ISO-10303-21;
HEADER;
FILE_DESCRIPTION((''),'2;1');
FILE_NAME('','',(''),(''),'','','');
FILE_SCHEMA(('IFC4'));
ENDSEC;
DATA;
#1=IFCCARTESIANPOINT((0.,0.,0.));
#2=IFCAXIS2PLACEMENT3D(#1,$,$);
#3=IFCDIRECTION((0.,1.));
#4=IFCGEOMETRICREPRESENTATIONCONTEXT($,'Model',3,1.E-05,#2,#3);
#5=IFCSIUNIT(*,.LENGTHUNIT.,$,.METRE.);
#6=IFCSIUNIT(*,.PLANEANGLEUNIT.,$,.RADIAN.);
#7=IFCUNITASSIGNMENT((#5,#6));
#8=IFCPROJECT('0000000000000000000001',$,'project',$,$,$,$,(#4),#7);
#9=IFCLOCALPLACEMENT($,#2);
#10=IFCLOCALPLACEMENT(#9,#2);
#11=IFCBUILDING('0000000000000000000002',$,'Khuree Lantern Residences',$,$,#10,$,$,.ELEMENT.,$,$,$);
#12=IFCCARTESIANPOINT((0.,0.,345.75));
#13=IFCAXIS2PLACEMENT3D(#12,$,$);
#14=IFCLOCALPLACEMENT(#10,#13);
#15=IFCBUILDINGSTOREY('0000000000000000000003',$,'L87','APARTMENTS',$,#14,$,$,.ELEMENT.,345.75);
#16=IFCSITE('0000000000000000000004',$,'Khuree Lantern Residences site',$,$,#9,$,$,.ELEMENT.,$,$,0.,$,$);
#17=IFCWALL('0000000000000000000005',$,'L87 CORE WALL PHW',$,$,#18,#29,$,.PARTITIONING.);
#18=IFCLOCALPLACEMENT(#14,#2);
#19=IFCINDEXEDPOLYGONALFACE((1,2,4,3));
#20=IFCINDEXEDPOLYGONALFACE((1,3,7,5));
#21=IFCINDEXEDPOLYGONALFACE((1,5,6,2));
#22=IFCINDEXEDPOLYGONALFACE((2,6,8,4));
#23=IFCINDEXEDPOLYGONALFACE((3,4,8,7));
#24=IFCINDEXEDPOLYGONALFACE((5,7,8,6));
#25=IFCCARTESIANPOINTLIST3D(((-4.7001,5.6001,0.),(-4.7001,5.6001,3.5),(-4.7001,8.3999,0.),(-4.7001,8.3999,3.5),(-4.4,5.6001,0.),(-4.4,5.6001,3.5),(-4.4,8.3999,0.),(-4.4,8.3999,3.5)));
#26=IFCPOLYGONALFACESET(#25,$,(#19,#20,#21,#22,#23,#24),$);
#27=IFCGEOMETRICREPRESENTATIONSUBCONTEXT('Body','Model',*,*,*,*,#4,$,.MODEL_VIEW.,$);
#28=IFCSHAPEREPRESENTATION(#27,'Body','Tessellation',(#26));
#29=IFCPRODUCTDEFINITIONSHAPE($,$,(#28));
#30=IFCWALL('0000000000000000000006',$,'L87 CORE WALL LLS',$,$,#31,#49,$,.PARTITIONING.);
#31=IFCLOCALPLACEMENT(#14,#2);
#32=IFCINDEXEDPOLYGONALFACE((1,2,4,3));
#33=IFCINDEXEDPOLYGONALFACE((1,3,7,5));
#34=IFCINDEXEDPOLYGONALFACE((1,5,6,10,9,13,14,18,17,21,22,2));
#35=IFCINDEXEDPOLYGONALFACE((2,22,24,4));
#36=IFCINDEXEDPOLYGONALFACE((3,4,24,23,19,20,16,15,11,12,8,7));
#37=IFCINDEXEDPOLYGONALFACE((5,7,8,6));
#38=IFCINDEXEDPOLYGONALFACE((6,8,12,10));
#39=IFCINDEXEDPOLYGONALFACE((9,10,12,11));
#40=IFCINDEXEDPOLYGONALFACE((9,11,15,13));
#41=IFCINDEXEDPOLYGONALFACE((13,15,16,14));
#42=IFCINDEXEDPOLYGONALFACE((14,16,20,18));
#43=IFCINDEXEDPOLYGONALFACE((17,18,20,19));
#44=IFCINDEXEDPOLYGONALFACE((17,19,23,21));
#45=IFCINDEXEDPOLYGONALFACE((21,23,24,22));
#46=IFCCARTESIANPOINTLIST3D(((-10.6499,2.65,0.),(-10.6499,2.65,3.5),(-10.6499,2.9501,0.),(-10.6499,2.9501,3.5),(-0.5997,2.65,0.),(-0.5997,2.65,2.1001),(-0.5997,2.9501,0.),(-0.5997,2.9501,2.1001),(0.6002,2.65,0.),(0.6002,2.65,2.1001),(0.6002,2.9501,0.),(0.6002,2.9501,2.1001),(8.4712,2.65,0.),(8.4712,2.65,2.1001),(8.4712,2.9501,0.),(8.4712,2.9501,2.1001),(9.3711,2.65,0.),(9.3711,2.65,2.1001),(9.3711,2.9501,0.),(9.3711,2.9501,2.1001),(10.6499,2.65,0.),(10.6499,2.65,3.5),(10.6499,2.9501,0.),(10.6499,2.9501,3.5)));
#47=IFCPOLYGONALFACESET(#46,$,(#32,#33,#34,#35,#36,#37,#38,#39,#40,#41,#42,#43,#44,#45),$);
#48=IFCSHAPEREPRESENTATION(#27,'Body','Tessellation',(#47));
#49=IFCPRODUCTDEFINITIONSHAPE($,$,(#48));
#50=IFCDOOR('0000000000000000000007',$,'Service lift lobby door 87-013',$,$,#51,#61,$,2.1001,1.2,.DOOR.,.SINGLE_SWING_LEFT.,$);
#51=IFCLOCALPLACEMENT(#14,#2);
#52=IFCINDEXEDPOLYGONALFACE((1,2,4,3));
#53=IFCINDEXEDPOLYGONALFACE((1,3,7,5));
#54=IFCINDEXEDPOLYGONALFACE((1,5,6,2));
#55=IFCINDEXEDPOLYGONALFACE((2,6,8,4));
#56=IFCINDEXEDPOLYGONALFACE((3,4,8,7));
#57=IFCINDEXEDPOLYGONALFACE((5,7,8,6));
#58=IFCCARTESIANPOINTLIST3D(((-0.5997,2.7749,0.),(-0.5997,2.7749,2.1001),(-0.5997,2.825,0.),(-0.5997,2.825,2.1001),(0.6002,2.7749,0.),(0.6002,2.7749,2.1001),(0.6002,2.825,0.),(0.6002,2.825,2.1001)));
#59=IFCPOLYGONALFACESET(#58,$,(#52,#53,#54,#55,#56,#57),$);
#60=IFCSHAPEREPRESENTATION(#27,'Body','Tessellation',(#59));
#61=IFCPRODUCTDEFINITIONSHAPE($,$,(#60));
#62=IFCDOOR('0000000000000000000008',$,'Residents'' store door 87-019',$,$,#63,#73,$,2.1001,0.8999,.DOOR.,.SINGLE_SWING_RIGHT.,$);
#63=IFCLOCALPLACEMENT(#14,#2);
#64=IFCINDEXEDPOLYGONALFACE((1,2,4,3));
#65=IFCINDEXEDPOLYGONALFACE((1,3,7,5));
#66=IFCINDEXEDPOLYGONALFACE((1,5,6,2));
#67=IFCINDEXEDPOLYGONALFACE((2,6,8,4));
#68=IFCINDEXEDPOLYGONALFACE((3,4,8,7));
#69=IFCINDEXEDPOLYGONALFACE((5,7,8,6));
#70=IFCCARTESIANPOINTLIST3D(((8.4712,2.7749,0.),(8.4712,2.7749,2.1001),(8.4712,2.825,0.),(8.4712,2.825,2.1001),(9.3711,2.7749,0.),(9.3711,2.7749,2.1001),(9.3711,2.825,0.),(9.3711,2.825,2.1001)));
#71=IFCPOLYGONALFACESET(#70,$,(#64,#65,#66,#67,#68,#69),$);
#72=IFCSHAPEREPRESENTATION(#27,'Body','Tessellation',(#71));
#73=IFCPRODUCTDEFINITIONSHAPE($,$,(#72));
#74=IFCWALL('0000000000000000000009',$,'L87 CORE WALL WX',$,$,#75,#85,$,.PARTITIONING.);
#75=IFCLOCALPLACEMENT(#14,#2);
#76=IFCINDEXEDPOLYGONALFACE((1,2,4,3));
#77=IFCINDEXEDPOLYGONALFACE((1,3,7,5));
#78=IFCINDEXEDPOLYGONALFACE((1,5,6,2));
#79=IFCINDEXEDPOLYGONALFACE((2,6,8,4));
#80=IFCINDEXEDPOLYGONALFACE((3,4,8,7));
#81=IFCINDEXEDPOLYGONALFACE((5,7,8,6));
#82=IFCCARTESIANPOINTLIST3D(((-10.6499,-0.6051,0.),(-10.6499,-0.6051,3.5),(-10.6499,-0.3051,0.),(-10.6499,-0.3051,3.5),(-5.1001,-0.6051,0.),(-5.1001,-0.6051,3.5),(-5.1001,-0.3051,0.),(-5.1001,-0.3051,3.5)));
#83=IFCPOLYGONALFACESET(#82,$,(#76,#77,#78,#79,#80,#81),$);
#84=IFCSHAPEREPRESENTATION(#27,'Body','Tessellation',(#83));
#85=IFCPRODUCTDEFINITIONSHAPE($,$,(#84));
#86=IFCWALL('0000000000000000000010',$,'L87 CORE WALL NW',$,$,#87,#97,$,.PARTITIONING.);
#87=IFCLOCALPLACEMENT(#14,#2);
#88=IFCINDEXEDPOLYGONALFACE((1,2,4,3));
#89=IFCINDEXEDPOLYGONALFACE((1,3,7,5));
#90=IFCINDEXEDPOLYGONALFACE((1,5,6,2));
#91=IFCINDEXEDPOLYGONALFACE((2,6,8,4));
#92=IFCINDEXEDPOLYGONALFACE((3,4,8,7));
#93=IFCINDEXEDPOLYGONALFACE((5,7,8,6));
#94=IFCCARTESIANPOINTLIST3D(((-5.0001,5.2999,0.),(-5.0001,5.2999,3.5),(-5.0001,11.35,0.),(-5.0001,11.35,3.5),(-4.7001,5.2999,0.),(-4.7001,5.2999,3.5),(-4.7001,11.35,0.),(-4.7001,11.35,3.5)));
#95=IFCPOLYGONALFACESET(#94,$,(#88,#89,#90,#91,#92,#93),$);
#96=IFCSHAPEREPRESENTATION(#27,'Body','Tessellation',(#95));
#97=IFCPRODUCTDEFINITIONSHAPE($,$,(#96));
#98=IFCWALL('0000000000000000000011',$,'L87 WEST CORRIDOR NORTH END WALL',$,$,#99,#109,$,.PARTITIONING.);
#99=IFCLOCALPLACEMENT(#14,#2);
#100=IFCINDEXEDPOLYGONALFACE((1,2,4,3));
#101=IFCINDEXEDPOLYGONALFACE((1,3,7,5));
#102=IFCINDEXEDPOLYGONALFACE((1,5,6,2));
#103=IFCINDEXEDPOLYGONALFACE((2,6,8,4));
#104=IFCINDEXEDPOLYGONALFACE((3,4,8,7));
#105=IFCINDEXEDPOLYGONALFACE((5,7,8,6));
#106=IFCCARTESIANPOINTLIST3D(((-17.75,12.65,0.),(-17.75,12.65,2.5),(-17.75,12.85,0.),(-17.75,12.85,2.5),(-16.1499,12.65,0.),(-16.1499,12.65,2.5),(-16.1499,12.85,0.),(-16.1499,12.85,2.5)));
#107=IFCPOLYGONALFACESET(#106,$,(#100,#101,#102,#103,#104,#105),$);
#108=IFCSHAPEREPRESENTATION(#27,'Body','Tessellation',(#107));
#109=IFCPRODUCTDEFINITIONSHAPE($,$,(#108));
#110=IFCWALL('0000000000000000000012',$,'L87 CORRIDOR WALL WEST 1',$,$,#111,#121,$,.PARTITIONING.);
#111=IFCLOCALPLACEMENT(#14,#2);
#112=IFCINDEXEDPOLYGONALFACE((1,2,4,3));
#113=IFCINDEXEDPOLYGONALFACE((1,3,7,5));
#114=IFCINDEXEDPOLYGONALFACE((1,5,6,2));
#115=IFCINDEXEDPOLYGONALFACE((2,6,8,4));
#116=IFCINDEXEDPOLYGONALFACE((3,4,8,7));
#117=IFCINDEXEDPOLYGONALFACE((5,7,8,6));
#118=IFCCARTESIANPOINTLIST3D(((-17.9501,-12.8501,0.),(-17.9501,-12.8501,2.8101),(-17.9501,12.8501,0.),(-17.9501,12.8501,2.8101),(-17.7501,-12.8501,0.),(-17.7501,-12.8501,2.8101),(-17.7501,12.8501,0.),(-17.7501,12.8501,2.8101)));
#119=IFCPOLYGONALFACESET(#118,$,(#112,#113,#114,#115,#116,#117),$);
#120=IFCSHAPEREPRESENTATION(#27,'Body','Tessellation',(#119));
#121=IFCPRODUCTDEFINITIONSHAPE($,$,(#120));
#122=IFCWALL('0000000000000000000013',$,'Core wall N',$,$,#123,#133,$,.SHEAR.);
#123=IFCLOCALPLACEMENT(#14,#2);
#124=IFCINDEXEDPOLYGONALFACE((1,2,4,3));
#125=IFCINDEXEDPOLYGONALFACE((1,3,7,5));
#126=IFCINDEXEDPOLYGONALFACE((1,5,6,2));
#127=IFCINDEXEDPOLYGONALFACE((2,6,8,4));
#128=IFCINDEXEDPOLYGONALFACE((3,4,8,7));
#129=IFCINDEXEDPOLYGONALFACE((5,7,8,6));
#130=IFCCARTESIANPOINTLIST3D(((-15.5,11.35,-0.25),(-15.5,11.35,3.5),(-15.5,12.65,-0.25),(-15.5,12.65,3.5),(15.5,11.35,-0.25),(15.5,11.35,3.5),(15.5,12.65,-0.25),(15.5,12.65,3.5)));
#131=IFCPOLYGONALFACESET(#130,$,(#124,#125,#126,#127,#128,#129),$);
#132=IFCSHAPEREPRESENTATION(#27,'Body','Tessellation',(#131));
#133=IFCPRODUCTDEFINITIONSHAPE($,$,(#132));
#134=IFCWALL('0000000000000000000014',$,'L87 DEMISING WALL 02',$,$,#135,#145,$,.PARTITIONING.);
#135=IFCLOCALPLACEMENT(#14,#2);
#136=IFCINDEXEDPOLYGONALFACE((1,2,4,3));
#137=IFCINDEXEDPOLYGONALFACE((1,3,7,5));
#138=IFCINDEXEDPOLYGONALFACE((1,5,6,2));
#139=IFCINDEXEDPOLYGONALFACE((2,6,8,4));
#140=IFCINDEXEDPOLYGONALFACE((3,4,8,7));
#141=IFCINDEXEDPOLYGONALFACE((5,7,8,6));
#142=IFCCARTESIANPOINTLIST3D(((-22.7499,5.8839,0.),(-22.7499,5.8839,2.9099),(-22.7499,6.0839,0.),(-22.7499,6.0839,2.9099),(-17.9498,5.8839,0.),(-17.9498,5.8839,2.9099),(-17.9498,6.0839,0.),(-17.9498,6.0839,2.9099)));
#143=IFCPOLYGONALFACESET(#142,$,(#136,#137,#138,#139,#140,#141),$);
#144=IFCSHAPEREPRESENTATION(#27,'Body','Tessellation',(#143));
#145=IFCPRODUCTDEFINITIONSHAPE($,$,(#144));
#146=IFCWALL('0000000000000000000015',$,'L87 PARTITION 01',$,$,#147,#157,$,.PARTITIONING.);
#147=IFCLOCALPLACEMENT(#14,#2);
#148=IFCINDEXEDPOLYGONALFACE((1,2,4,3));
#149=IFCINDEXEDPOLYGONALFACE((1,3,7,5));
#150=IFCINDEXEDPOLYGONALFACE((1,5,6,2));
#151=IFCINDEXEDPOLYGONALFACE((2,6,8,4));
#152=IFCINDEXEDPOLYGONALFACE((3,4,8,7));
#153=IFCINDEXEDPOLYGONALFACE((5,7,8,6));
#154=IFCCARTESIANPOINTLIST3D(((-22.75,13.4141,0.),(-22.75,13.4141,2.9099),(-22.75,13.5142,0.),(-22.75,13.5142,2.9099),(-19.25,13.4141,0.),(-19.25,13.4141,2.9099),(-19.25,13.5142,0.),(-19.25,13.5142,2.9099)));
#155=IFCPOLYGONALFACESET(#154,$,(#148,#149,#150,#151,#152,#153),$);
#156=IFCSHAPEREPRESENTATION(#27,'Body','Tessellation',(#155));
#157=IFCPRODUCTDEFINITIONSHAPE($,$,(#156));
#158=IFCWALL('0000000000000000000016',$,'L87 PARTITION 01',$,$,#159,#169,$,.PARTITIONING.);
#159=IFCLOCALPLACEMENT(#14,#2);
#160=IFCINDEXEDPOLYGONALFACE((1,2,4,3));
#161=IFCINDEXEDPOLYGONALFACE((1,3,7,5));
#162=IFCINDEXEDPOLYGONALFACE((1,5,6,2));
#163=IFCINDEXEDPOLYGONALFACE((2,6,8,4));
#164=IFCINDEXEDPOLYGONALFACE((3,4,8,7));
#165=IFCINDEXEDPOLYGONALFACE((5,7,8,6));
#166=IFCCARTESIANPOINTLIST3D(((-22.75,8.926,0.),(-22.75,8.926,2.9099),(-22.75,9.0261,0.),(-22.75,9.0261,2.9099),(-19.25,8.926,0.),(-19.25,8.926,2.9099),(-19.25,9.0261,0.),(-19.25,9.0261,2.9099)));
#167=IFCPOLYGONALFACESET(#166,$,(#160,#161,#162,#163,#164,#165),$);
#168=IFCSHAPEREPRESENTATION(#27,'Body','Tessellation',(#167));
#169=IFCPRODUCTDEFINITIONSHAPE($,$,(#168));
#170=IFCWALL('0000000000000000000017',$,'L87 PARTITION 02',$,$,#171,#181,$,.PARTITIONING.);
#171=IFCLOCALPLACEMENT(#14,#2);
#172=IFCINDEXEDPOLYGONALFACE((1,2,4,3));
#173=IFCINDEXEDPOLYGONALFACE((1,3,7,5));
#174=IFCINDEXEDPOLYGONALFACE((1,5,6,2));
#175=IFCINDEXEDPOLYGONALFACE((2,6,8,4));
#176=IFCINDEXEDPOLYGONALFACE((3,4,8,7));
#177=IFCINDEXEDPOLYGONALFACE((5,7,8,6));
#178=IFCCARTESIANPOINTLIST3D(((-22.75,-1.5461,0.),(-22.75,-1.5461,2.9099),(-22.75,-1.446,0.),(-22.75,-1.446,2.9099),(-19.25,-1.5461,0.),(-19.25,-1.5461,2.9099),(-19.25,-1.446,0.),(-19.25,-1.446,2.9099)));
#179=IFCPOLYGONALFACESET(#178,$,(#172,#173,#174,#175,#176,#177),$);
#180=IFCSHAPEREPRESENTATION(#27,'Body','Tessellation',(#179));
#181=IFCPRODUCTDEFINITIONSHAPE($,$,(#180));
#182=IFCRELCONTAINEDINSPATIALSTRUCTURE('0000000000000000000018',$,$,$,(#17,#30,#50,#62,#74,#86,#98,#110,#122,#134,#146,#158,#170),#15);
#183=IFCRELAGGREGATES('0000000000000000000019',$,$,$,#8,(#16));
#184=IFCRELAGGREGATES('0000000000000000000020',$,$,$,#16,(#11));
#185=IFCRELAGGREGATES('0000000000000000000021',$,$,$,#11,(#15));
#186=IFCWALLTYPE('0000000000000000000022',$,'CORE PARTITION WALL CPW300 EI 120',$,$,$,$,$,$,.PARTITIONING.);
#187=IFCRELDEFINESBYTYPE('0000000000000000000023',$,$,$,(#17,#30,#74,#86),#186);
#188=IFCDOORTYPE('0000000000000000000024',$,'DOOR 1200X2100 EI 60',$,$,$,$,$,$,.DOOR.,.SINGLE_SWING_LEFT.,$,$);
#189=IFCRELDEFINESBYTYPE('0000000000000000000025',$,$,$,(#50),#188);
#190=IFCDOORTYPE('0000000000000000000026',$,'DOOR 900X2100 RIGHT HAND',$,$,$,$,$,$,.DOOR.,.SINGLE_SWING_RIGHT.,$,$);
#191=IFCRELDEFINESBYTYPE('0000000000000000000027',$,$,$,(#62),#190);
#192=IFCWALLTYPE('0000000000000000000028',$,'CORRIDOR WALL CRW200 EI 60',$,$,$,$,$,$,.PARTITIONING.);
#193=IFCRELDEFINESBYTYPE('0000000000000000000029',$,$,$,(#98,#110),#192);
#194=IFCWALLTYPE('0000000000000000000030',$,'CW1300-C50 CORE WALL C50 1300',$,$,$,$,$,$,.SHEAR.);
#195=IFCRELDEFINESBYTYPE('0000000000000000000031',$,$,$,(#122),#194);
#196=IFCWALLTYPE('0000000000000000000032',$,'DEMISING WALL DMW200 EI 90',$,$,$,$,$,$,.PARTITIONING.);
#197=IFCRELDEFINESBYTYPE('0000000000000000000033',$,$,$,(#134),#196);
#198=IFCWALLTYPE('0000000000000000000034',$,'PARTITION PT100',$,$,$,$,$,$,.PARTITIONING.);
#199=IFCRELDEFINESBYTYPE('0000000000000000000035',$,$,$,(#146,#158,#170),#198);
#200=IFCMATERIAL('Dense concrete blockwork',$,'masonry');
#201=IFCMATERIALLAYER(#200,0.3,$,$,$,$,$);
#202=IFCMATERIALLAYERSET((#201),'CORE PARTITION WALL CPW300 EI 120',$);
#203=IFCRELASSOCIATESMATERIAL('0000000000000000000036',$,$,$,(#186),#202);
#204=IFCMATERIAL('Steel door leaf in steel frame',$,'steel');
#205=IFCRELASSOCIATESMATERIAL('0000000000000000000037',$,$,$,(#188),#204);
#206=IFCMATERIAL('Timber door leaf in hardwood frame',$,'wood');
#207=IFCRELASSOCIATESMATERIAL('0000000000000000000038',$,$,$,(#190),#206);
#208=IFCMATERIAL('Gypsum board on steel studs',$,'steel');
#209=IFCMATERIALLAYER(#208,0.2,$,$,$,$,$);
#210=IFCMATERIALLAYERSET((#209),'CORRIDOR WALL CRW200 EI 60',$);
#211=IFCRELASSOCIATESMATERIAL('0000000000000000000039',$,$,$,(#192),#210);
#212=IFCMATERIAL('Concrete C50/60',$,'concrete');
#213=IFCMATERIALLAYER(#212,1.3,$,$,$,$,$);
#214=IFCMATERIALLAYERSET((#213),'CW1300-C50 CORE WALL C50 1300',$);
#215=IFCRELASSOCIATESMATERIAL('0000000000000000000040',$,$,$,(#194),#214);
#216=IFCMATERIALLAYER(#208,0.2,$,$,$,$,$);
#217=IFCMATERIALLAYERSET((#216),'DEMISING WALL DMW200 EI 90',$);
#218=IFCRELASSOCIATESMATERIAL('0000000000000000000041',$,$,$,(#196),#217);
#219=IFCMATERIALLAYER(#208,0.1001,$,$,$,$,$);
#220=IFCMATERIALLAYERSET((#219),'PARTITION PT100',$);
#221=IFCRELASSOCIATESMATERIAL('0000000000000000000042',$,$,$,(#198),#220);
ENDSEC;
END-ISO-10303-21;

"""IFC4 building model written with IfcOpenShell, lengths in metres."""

from ifc_helpers import new_model, si_unit, direction, frame, frame_2d, origin, place, context, subcontext, project, spatial, rectangle, extrude, material, layer, layer_set, type_object, element, fill, save


model = new_model("IFC4")

# Units and contexts
model_context = context("Model", 3, precision=1e-05, world=origin(), true_north=direction((0.0, 1.0)))
body_context = subcontext(model_context, "Body", "Model", "MODEL_VIEW")
ifc_project = project(units=[si_unit("LENGTHUNIT", "METRE"), si_unit("PLANEANGLEUNIT", "RADIAN")], contexts=[model_context])

# Site, building, storey
site_placement = place(None, origin())
site = spatial("IfcSite", under=ifc_project, at=site_placement, Name="Khuree Lantern Residences site", CompositionType="ELEMENT", RefElevation=0.0)
building_placement = place(site_placement, origin())
building = spatial("IfcBuilding", under=site, at=building_placement, Name="Khuree Lantern Residences", CompositionType="ELEMENT")
storey_placement = place(building_placement, frame((0.0, 0.0, 345.75)))
storey = spatial("IfcBuildingStorey", under=building, at=storey_placement, Name="L87", Description="APARTMENTS", CompositionType="ELEMENT", Elevation=345.75)

# Shared definitions
ifc_material_1 = material(Name="Concrete C50/60", Category="concrete")

# Shared definitions
ifc_material_2 = material(Name="Dense concrete blockwork", Category="masonry")
ifc_layer_1 = layer(ifc_material_2, 0.3)
ifc_layer_set_1 = layer_set([ifc_layer_1], Name="CORE PARTITION WALL CPW300 EI 120")
wall_type_1 = type_object("IfcWallType", Name="CORE PARTITION WALL CPW300 EI 120", PredefinedType="PARTITIONING", material=ifc_layer_set_1)

# Wall
wall_1_placement = place(storey_placement, frame((-4.55, 5.6001, 0.0), z_axis=(0.0, 0.0, 1.0), x_axis=(0.0, 1.0, 0.0)))
element("IfcWall", 1, at=wall_1_placement, inside=storey, type_object=wall_type_1, Name="L87 CORE WALL PHW", PredefinedType="PARTITIONING", context=body_context, shape_type="SweptSolid", body=[
    extrude(rectangle(XDim=2.7998, YDim=0.3, at=frame_2d((1.3999, 0.0))), origin(), (0.0, 0.0, 1.0), 3.5),
])

# Wall, openings, doors
wall_2_placement = place(storey_placement, frame((-10.6499, 2.8, 0.0), z_axis=(0.0, 0.0, 1.0), x_axis=(1.0, 0.0, 0.0)))
wall_2 = element("IfcWall", 2, at=wall_2_placement, inside=storey, type_object=wall_type_1, Name="L87 CORE WALL LLS", PredefinedType="PARTITIONING", context=body_context, shape_type="SweptSolid", body=[
    extrude(rectangle(XDim=21.2998, YDim=0.3, at=frame_2d((10.6499, 0.0))), origin(), (0.0, 0.0, 1.0), 3.5),
])
opening_1_placement = place(wall_2_placement, frame((10.05, 0.0, 0.0)))
opening_1 = element("IfcOpeningElement", 3, at=opening_1_placement, cuts=wall_2, PredefinedType="OPENING", context=body_context, shape_type="SweptSolid", body=[
    extrude(rectangle(XDim=1.2, YDim=2.1001, at=frame_2d((0.6001, 1.05))), frame((0.0, 0.1602, 0.0), z_axis=(0.0, -1.0, 0.0), x_axis=(1.0, 0.0, 0.0)), (0.0, 0.0, 1.0), 0.3201),
])
opening_2_placement = place(wall_2_placement, frame((19.1211, 0.0, 0.0)))
opening_2 = element("IfcOpeningElement", 4, at=opening_2_placement, cuts=wall_2, PredefinedType="OPENING", context=body_context, shape_type="SweptSolid", body=[
    extrude(rectangle(XDim=0.8999, YDim=2.1001, at=frame_2d((0.45, 1.05))), frame((0.0, 0.1602, 0.0), z_axis=(0.0, -1.0, 0.0), x_axis=(1.0, 0.0, 0.0)), (0.0, 0.0, 1.0), 0.3201),
])
ifc_material_3 = material(Name="Steel door leaf in steel frame", Category="steel")
door_type_1 = type_object("IfcDoorType", Name="DOOR 1200X2100 EI 60", OperationType="SINGLE_SWING_LEFT", PredefinedType="DOOR", material=ifc_material_3)
door_1_placement = place(opening_1_placement, origin())
door_1 = element("IfcDoor", 5, at=door_1_placement, inside=storey, type_object=door_type_1, Name="Service lift lobby door 87-013", OperationType="SINGLE_SWING_LEFT", OverallHeight=2.1001, OverallWidth=1.2, PredefinedType="DOOR", context=body_context, shape_type="SweptSolid", body=[
    extrude(rectangle(XDim=1.2, YDim=2.1001, at=frame_2d((0.6001, 1.05))), frame((0.0, 0.0249, 0.0), z_axis=(0.0, -1.0, 0.0), x_axis=(1.0, 0.0, 0.0)), (0.0, 0.0, 1.0), 0.05),
])
fill(opening_1, door_1)
ifc_material_4 = material(Name="Timber door leaf in hardwood frame", Category="wood")
door_type_2 = type_object("IfcDoorType", Name="DOOR 900X2100 RIGHT HAND", OperationType="SINGLE_SWING_RIGHT", PredefinedType="DOOR", material=ifc_material_4)
door_2_placement = place(opening_2_placement, origin())
door_2 = element("IfcDoor", 6, at=door_2_placement, inside=storey, type_object=door_type_2, Name="Residents' store door 87-019", OperationType="SINGLE_SWING_RIGHT", OverallHeight=2.1001, OverallWidth=0.8999, PredefinedType="DOOR", context=body_context, shape_type="SweptSolid", body=[
    extrude(rectangle(XDim=0.8999, YDim=2.1001, at=frame_2d((0.45, 1.05))), frame((0.0, 0.0249, 0.0), z_axis=(0.0, -1.0, 0.0), x_axis=(1.0, 0.0, 0.0)), (0.0, 0.0, 1.0), 0.05),
])
fill(opening_2, door_2)

# Walls
wall_3_placement = place(storey_placement, frame((-10.6499, -0.4551, 0.0), z_axis=(0.0, 0.0, 1.0), x_axis=(1.0, 0.0, 0.0)))
element("IfcWall", 7, at=wall_3_placement, inside=storey, type_object=wall_type_1, Name="L87 CORE WALL WX", PredefinedType="PARTITIONING", context=body_context, shape_type="SweptSolid", body=[
    extrude(rectangle(XDim=5.5498, YDim=0.3, at=frame_2d((2.7749, 0.0))), origin(), (0.0, 0.0, 1.0), 3.5),
])
wall_4_placement = place(storey_placement, frame((-4.8501, 5.3, 0.0), z_axis=(0.0, 0.0, 1.0), x_axis=(0.0, 1.0, 0.0)))
element("IfcWall", 8, at=wall_4_placement, inside=storey, type_object=wall_type_1, Name="L87 CORE WALL NW", PredefinedType="PARTITIONING", context=body_context, shape_type="SweptSolid", body=[
    extrude(rectangle(XDim=6.05, YDim=0.3, at=frame_2d((3.0249, 0.0))), origin(), (0.0, 0.0, 1.0), 3.5),
])
ifc_material_5 = material(Name="Gypsum board on steel studs", Category="steel")
ifc_layer_2 = layer(ifc_material_5, 0.2)
ifc_layer_set_2 = layer_set([ifc_layer_2], Name="CORRIDOR WALL CRW200 EI 60")
wall_type_2 = type_object("IfcWallType", Name="CORRIDOR WALL CRW200 EI 60", PredefinedType="PARTITIONING", material=ifc_layer_set_2)
wall_5_placement = place(storey_placement, frame((-16.1499, 12.75, 0.0), z_axis=(0.0, 0.0, 1.0), x_axis=(-1.0, 0.0, 0.0)))
element("IfcWall", 9, at=wall_5_placement, inside=storey, type_object=wall_type_2, Name="L87 WEST CORRIDOR NORTH END WALL", PredefinedType="PARTITIONING", context=body_context, shape_type="SweptSolid", body=[
    extrude(rectangle(XDim=1.6001, YDim=0.2, at=frame_2d((0.8, 0.0))), origin(), (0.0, 0.0, 1.0), 2.5),
])
wall_6_placement = place(storey_placement, frame((-17.8501, 12.8501, 0.0), z_axis=(0.0, 0.0, 1.0), x_axis=(0.0, -1.0, 0.0)))
element("IfcWall", 10, at=wall_6_placement, inside=storey, type_object=wall_type_2, Name="L87 CORRIDOR WALL WEST 1", PredefinedType="PARTITIONING", context=body_context, shape_type="SweptSolid", body=[
    extrude(rectangle(XDim=25.7002, YDim=0.2, at=frame_2d((12.8501, 0.0))), origin(), (0.0, 0.0, 1.0), 2.8101),
])
ifc_layer_3 = layer(ifc_material_1, 1.3)
ifc_layer_set_3 = layer_set([ifc_layer_3], Name="CW1300-C50 CORE WALL C50 1300")
wall_type_3 = type_object("IfcWallType", Name="CW1300-C50 CORE WALL C50 1300", PredefinedType="SHEAR", material=ifc_layer_set_3)
wall_7_placement = place(storey_placement, frame((-15.5, 12.0, -0.25), z_axis=(0.0, 0.0, 1.0), x_axis=(1.0, 0.0, 0.0)))
element("IfcWall", 11, at=wall_7_placement, inside=storey, type_object=wall_type_3, Name="Core wall N", PredefinedType="SHEAR", context=body_context, shape_type="SweptSolid", body=[
    extrude(rectangle(XDim=31.0, YDim=1.3, at=frame_2d((15.5, 0.0))), origin(), (0.0, 0.0, 1.0), 3.75),
])
ifc_layer_4 = layer(ifc_material_5, 0.2)
ifc_layer_set_4 = layer_set([ifc_layer_4], Name="DEMISING WALL DMW200 EI 90")
wall_type_4 = type_object("IfcWallType", Name="DEMISING WALL DMW200 EI 90", PredefinedType="PARTITIONING", material=ifc_layer_set_4)
wall_8_placement = place(storey_placement, frame((-17.95, 5.9839, 0.0), z_axis=(0.0, 0.0, 1.0), x_axis=(-1.0, 0.0, 0.0)))
element("IfcWall", 12, at=wall_8_placement, inside=storey, type_object=wall_type_4, Name="L87 DEMISING WALL 02", PredefinedType="PARTITIONING", context=body_context, shape_type="SweptSolid", body=[
    extrude(rectangle(XDim=4.8, YDim=0.2, at=frame_2d((2.3999, 0.0))), origin(), (0.0, 0.0, 1.0), 2.9099),
])
ifc_layer_5 = layer(ifc_material_5, 0.1001)
ifc_layer_set_5 = layer_set([ifc_layer_5], Name="PARTITION PT100")
wall_type_5 = type_object("IfcWallType", Name="PARTITION PT100", PredefinedType="PARTITIONING", material=ifc_layer_set_5)
for number, where, z_axis, x_axis, name in (
    (13, (-19.25, 13.4641, 0.0), (0.0, 0.0, 1.0), (-1.0, 0.0, 0.0), "L87 PARTITION 01"),
    (14, (-19.25, 8.9761, 0.0), (0.0, 0.0, 1.0), (-1.0, 0.0, 0.0), "L87 PARTITION 01"),
    (15, (-19.25, -1.4961, 0.0), (0.0, 0.0, 1.0), (-1.0, 0.0, 0.0), "L87 PARTITION 02"),
):
    element("IfcWall", number, at=place(storey_placement, frame(where, z_axis=z_axis, x_axis=x_axis)), inside=storey, type_object=wall_type_5, Name=name, PredefinedType="PARTITIONING", context=body_context, shape_type="SweptSolid", body=[
        extrude(rectangle(XDim=3.5, YDim=0.1001, at=frame_2d((1.75, 0.0))), origin(), (0.0, 0.0, 1.0), 2.9099),
    ])

save(model, "model.ifc")
